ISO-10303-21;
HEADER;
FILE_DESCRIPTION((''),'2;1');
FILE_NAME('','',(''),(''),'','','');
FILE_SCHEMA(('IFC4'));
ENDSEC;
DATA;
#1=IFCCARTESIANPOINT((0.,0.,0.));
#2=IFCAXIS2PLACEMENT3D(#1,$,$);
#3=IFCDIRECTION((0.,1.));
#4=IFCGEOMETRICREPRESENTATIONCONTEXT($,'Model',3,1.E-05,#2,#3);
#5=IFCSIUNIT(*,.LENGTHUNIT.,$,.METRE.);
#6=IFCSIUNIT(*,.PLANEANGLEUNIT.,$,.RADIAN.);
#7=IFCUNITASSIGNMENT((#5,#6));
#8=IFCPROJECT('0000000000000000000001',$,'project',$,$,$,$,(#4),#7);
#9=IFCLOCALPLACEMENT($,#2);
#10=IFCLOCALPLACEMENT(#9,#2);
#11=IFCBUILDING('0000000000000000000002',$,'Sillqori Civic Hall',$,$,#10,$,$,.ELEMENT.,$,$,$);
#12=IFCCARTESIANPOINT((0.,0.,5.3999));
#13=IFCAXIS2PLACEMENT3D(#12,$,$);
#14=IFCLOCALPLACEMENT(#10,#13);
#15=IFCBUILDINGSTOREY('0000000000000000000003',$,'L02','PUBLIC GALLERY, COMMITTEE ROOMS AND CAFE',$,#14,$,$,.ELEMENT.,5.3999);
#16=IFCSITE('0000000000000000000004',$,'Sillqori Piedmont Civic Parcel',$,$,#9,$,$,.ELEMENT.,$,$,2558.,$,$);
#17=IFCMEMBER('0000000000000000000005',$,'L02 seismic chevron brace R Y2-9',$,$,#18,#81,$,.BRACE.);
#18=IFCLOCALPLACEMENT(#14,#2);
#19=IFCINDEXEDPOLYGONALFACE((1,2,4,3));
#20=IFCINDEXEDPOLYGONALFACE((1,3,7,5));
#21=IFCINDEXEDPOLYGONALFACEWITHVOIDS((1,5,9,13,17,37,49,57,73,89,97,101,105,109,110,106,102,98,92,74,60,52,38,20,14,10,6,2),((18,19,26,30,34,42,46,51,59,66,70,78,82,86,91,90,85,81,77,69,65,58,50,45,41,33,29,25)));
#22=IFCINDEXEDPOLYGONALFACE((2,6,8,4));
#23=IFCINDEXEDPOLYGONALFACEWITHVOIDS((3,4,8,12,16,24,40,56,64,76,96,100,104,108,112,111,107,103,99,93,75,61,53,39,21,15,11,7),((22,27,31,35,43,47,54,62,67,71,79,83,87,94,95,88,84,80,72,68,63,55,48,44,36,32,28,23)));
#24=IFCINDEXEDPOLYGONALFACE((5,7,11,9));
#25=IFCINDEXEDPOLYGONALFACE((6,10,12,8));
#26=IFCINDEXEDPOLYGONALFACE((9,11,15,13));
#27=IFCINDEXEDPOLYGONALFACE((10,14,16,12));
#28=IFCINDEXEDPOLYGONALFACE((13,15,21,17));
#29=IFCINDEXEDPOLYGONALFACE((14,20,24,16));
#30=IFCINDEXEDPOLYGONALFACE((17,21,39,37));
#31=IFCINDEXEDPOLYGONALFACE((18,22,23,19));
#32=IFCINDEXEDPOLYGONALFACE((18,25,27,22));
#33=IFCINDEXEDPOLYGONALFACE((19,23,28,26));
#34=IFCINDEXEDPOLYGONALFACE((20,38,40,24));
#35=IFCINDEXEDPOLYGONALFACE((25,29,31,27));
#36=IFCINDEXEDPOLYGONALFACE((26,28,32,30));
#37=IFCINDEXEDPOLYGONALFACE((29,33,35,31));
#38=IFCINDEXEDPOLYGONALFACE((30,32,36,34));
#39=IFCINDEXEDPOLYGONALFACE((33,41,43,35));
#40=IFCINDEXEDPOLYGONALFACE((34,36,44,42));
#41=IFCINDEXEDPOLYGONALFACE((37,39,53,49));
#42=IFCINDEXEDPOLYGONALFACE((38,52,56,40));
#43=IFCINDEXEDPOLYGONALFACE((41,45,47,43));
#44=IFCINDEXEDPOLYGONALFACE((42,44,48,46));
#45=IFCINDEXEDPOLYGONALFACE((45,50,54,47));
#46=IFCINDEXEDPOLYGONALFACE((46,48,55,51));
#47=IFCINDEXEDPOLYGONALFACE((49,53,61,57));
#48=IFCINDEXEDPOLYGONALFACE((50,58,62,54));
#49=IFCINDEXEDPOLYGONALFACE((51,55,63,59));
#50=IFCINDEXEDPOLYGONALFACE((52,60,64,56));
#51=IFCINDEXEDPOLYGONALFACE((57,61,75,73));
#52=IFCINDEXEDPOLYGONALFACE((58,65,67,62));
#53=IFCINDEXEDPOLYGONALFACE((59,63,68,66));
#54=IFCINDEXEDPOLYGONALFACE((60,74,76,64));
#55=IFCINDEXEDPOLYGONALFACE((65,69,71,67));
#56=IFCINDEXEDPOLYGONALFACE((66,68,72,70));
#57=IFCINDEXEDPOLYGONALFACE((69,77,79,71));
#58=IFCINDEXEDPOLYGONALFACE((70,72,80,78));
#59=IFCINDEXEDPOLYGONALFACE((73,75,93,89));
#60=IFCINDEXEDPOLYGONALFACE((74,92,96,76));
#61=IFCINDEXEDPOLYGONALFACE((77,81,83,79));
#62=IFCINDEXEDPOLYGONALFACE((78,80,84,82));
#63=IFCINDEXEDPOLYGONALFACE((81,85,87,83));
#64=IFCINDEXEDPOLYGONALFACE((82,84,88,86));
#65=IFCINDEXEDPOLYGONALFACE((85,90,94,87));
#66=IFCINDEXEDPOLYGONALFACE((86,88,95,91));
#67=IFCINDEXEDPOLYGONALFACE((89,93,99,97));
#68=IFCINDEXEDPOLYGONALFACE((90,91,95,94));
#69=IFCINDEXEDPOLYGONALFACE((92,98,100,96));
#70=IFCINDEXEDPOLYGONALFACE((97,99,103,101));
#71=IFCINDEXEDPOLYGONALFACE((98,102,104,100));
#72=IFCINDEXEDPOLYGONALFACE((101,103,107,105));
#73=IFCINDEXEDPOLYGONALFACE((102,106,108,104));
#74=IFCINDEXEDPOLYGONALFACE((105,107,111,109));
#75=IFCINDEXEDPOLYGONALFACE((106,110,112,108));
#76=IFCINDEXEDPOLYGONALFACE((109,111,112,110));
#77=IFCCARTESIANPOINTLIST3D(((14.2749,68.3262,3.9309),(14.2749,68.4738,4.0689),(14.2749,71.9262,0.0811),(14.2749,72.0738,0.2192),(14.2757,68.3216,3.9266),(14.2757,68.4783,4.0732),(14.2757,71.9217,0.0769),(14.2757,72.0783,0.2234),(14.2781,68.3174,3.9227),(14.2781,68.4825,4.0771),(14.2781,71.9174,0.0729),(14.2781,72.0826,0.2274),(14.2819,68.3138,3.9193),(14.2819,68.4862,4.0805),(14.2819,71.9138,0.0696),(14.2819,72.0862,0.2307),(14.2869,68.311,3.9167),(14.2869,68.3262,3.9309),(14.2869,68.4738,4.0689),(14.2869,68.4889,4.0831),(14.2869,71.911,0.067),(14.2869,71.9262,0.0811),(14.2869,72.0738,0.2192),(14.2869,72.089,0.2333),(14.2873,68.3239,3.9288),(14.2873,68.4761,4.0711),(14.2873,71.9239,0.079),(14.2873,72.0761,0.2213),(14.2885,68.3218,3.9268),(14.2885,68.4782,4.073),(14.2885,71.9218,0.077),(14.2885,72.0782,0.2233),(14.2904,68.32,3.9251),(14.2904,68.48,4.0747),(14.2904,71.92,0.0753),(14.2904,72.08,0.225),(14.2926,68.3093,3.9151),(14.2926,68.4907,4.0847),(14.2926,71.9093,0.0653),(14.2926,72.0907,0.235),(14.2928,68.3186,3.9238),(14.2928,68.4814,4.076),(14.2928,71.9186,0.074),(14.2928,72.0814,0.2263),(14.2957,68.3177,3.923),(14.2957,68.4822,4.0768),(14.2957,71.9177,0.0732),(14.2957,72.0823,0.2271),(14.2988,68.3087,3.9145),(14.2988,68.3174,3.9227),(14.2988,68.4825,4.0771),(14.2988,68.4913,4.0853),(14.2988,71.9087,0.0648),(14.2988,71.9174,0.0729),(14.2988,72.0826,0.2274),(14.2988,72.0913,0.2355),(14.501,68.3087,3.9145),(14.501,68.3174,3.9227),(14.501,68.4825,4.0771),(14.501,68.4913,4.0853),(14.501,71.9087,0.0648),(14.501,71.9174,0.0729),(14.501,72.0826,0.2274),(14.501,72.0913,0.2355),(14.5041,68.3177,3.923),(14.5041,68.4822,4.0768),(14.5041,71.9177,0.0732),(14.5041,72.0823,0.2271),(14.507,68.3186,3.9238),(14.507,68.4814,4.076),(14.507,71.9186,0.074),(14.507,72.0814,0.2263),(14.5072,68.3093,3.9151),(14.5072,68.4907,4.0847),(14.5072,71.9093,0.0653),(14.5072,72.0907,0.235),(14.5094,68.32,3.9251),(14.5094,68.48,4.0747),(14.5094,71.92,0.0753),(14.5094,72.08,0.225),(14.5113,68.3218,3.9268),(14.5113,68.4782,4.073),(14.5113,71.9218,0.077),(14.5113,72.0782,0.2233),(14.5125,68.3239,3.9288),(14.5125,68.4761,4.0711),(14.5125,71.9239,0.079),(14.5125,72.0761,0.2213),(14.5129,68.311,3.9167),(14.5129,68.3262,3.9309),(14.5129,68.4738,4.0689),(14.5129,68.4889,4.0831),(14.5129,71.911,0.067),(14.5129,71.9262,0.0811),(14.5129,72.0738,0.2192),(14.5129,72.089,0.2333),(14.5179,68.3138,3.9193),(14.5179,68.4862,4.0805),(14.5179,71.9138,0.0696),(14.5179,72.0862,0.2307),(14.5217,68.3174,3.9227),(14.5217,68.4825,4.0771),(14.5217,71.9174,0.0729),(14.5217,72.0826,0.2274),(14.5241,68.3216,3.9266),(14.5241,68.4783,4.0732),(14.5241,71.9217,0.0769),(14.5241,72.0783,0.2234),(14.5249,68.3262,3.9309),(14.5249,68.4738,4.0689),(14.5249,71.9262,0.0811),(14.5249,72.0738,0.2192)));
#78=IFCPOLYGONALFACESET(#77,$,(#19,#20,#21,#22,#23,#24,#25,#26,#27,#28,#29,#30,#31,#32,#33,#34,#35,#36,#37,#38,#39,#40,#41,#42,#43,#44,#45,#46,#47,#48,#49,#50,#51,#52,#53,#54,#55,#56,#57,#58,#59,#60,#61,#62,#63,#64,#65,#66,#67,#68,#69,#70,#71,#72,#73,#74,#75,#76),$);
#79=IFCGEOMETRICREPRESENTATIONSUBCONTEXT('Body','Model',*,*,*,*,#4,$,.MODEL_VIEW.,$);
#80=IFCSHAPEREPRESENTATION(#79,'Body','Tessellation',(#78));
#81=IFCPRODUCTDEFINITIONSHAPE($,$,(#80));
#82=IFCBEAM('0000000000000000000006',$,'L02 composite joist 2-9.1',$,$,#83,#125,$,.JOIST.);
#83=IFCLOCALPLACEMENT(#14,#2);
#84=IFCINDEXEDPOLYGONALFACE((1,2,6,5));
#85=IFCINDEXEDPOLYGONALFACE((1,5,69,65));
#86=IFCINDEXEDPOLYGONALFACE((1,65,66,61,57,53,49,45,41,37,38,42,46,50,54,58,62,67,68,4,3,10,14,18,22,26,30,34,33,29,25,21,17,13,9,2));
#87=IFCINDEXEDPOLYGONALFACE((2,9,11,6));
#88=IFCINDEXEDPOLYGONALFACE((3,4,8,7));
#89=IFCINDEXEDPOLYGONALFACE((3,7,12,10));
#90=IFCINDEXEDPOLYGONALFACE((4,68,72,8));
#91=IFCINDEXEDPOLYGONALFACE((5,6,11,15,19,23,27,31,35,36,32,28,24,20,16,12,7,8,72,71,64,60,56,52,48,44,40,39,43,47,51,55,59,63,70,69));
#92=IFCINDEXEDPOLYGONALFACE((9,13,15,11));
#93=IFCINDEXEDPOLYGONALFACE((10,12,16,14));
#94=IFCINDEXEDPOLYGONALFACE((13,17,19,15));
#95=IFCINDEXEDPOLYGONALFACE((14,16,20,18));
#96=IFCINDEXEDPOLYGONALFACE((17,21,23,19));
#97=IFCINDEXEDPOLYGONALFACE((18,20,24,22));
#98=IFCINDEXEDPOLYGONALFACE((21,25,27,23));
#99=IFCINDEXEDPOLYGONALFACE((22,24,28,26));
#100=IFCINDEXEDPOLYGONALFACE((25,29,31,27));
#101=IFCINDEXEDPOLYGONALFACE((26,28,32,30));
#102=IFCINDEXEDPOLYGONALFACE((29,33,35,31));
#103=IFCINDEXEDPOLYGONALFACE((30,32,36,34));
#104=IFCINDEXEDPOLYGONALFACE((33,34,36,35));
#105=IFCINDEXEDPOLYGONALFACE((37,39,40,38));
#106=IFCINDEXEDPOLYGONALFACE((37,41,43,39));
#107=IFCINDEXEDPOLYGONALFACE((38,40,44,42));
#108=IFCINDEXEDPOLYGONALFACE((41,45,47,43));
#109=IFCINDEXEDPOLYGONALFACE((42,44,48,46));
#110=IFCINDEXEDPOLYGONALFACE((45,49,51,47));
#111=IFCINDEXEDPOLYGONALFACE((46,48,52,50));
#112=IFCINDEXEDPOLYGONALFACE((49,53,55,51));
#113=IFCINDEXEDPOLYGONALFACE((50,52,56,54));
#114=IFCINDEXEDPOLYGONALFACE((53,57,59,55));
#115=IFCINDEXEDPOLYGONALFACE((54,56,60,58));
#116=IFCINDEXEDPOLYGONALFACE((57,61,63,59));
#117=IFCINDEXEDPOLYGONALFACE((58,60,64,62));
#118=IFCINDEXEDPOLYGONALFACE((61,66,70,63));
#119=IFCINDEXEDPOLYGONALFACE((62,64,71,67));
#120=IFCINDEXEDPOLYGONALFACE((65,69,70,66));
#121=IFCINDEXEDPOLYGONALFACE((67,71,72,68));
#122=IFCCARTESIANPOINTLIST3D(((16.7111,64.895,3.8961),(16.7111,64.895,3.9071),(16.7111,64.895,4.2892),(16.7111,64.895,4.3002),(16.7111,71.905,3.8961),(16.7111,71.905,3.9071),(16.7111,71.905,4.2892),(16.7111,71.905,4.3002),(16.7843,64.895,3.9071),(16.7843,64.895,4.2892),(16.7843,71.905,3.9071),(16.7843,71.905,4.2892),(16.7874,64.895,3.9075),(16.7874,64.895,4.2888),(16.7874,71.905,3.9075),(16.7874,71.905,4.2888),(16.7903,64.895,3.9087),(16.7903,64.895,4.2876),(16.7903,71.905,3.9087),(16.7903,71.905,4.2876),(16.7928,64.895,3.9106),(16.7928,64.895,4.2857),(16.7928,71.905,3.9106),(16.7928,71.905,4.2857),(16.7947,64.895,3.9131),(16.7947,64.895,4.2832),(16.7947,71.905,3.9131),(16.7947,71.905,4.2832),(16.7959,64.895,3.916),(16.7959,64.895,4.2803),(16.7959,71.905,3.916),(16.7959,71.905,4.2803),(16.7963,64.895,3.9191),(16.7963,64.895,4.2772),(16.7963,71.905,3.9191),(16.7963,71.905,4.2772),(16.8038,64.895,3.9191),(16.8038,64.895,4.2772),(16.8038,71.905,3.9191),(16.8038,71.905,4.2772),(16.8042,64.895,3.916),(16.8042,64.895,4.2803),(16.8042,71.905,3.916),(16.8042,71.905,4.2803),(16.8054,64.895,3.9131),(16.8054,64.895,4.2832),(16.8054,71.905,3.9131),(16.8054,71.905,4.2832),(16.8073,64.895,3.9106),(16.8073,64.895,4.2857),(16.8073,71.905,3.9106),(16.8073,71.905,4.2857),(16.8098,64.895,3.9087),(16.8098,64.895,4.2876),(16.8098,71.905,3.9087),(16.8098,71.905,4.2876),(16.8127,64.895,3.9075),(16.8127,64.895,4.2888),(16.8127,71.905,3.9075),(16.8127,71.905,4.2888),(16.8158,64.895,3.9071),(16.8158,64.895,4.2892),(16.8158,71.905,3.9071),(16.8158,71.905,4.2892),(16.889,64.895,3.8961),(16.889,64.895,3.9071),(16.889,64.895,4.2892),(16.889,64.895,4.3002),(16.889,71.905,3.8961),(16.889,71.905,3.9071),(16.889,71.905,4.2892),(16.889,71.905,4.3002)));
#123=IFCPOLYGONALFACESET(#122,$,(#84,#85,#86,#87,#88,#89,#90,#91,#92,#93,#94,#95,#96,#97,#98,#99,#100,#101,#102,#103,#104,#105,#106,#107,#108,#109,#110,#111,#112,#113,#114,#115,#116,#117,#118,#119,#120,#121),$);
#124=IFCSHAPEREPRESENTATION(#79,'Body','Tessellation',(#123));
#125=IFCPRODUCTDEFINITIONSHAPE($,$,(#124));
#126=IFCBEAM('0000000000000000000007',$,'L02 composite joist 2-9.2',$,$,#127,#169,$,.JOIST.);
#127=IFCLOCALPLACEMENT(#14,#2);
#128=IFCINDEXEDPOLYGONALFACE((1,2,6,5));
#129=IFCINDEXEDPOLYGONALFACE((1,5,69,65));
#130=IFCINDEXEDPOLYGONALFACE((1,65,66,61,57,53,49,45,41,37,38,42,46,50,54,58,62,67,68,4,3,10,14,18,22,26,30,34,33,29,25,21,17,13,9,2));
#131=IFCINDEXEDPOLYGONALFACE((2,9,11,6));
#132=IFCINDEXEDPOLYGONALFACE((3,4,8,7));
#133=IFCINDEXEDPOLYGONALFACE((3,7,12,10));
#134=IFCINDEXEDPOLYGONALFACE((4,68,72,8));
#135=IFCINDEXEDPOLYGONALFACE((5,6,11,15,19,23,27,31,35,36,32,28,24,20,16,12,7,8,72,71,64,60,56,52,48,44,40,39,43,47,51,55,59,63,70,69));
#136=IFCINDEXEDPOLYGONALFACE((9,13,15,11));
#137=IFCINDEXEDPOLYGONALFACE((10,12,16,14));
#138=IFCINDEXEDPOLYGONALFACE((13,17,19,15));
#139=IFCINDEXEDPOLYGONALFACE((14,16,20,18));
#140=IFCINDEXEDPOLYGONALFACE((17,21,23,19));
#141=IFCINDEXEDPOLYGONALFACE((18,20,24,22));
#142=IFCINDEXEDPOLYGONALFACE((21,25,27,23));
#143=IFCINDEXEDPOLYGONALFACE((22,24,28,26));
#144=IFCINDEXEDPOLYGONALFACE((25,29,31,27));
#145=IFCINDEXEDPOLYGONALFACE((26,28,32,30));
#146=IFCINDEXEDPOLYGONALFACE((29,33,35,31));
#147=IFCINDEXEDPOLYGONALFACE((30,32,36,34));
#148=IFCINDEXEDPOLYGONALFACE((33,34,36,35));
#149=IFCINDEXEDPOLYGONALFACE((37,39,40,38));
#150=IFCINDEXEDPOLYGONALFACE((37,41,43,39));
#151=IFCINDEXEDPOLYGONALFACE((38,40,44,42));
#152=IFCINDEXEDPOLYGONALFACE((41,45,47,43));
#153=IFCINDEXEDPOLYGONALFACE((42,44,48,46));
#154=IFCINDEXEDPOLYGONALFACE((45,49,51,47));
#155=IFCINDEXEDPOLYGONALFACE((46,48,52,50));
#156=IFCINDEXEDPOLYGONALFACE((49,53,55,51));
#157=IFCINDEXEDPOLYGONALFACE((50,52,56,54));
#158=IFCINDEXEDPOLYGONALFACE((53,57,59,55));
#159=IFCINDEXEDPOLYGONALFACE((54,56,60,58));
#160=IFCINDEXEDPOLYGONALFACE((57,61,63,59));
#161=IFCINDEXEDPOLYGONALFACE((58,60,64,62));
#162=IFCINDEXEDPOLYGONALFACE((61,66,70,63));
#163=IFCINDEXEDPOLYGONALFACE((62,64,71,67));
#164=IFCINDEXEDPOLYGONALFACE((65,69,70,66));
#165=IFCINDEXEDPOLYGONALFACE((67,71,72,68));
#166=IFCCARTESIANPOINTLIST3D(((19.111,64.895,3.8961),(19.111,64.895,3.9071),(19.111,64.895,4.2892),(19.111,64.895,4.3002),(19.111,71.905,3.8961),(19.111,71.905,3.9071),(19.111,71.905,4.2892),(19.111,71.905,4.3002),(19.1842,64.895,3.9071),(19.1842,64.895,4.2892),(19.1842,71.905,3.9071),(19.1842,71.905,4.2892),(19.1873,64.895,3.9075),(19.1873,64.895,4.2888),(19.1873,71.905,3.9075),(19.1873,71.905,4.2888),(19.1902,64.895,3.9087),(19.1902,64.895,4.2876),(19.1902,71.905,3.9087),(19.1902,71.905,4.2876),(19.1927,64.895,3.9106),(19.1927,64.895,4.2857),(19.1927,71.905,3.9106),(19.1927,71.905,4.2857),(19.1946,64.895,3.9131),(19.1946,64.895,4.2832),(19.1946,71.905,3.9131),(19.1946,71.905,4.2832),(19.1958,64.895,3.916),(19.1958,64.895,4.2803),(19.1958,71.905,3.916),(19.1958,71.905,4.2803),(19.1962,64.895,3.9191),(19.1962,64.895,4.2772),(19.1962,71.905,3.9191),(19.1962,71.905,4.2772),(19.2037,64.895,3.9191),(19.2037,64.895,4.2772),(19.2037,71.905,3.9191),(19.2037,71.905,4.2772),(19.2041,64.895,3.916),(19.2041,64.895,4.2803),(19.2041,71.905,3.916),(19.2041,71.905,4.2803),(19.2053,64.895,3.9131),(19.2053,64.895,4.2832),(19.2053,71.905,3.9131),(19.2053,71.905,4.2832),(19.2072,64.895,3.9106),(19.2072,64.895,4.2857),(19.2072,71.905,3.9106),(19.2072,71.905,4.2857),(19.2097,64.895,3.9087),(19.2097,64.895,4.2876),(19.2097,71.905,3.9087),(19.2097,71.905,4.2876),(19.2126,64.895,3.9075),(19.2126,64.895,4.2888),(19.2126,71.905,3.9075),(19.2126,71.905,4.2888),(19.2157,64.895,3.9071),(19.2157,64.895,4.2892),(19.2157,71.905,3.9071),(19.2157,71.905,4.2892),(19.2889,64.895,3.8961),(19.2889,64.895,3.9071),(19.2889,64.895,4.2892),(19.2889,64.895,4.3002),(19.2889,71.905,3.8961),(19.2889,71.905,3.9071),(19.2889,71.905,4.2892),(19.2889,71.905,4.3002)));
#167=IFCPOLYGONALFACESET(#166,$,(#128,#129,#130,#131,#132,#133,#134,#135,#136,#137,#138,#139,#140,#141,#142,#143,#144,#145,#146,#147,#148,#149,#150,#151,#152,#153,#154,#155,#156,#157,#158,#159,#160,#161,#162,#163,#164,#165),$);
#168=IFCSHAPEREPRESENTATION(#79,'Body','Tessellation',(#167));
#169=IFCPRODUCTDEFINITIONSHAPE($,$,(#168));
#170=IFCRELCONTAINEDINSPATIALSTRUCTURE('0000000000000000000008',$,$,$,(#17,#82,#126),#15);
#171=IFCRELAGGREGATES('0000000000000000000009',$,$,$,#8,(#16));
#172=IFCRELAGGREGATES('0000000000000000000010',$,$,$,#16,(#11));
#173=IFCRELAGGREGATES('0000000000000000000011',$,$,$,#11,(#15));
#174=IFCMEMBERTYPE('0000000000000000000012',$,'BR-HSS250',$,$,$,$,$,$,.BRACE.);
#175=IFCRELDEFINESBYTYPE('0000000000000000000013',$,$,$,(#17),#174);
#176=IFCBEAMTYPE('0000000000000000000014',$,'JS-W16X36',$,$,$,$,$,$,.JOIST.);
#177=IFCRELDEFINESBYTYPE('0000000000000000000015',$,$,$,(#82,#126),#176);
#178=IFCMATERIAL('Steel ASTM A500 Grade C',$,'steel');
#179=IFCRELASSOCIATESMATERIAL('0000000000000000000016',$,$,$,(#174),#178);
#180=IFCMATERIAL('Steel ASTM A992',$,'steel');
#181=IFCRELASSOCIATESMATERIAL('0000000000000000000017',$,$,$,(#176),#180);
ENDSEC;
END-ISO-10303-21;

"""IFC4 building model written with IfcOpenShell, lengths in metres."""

from ifc_helpers import new_model, si_unit, direction, frame, origin, origin_2d, place, context, subcontext, project, spatial, hollow_rectangle, i_section, extrude, material, material_profile, profile_set, type_object, element, save


model = new_model("IFC4")

# Units and contexts
model_context = context("Model", 3, precision=1e-05, world=origin(), true_north=direction((0.0, 1.0)))
body_context = subcontext(model_context, "Body", "Model", "MODEL_VIEW")
ifc_project = project(units=[si_unit("LENGTHUNIT", "METRE"), si_unit("PLANEANGLEUNIT", "RADIAN")], contexts=[model_context])

# Site, building, storey
site_placement = place(None, origin())
site = spatial("IfcSite", under=ifc_project, at=site_placement, Name="Sillqori Piedmont Civic Parcel", CompositionType="ELEMENT", RefElevation=2558.0)
building_placement = place(site_placement, origin())
building = spatial("IfcBuilding", under=site, at=building_placement, Name="Sillqori Civic Hall", CompositionType="ELEMENT")
storey_placement = place(building_placement, frame((0.0, 0.0, 5.3999)))
storey = spatial("IfcBuildingStorey", under=building, at=storey_placement, Name="L02", Description="PUBLIC GALLERY, COMMITTEE ROOMS AND CAFE", CompositionType="ELEMENT", Elevation=5.3999)

# Shared definitions
ifc_material_1 = material(Name="Steel ASTM A992", Category="steel")

# Member
ifc_material_2 = material(Name="Steel ASTM A500 Grade C", Category="steel")
ifc_material_profile_1 = material_profile(ifc_material_2, hollow_rectangle(XDim=0.25, YDim=0.25, WallThickness=0.012, InnerFilletRadius=0.012, OuterFilletRadius=0.0239, at=origin_2d()), Name="HSS250X250X12")
ifc_profile_set_1 = profile_set([ifc_material_profile_1], Name="Steel ASTM A500 Grade C")
member_type = type_object("IfcMemberType", Name="BR-HSS250", PredefinedType="BRACE", material=ifc_profile_set_1)
member_placement = place(storey_placement, frame((14.3999, 72.0, 0.1501), z_axis=(0.0, -0.683018, 0.730402), x_axis=(1.0, 0.0, 0.0)))
element("IfcMember", 1, at=member_placement, inside=storey, type_object=member_type, Name="L02 seismic chevron brace R Y2-9", PredefinedType="BRACE", context=body_context, shape_type="SweptSolid", body=[
    extrude(hollow_rectangle(XDim=0.25, YDim=0.25, WallThickness=0.012, InnerFilletRadius=0.012, OuterFilletRadius=0.0239, at=origin_2d()), origin(), (0.0, 0.0, 1.0), 5.2708),
])

# Beams
ifc_material_profile_2 = material_profile(ifc_material_1, i_section(OverallWidth=0.178, OverallDepth=0.4041, WebThickness=0.0076, FlangeThickness=0.011, FilletRadius=0.012, at=origin_2d()), Name="W16X36")
ifc_profile_set_2 = profile_set([ifc_material_profile_2], Name="Steel ASTM A992")
beam_type_1 = type_object("IfcBeamType", Name="JS-W16X36", PredefinedType="JOIST", material=ifc_profile_set_2)
for number, where, z_axis, x_axis, name in (
    (2, (16.8, 64.895, 4.0981), (0.0, 1.0, 0.0), (-1.0, 0.0, 0.0), "L02 composite joist 2-9.1"),
    (3, (19.2, 64.895, 4.0981), (0.0, 1.0, 0.0), (-1.0, 0.0, 0.0), "L02 composite joist 2-9.2"),
):
    element("IfcBeam", number, at=place(storey_placement, frame(where, z_axis=z_axis, x_axis=x_axis)), inside=storey, type_object=beam_type_1, Name=name, PredefinedType="JOIST", context=body_context, shape_type="SweptSolid", body=[
        extrude(i_section(OverallWidth=0.178, OverallDepth=0.4041, WebThickness=0.0076, FlangeThickness=0.011, FilletRadius=0.012, at=origin_2d()), origin(), (0.0, 0.0, 1.0), 7.01),
    ])

save(model, "model.ifc")
